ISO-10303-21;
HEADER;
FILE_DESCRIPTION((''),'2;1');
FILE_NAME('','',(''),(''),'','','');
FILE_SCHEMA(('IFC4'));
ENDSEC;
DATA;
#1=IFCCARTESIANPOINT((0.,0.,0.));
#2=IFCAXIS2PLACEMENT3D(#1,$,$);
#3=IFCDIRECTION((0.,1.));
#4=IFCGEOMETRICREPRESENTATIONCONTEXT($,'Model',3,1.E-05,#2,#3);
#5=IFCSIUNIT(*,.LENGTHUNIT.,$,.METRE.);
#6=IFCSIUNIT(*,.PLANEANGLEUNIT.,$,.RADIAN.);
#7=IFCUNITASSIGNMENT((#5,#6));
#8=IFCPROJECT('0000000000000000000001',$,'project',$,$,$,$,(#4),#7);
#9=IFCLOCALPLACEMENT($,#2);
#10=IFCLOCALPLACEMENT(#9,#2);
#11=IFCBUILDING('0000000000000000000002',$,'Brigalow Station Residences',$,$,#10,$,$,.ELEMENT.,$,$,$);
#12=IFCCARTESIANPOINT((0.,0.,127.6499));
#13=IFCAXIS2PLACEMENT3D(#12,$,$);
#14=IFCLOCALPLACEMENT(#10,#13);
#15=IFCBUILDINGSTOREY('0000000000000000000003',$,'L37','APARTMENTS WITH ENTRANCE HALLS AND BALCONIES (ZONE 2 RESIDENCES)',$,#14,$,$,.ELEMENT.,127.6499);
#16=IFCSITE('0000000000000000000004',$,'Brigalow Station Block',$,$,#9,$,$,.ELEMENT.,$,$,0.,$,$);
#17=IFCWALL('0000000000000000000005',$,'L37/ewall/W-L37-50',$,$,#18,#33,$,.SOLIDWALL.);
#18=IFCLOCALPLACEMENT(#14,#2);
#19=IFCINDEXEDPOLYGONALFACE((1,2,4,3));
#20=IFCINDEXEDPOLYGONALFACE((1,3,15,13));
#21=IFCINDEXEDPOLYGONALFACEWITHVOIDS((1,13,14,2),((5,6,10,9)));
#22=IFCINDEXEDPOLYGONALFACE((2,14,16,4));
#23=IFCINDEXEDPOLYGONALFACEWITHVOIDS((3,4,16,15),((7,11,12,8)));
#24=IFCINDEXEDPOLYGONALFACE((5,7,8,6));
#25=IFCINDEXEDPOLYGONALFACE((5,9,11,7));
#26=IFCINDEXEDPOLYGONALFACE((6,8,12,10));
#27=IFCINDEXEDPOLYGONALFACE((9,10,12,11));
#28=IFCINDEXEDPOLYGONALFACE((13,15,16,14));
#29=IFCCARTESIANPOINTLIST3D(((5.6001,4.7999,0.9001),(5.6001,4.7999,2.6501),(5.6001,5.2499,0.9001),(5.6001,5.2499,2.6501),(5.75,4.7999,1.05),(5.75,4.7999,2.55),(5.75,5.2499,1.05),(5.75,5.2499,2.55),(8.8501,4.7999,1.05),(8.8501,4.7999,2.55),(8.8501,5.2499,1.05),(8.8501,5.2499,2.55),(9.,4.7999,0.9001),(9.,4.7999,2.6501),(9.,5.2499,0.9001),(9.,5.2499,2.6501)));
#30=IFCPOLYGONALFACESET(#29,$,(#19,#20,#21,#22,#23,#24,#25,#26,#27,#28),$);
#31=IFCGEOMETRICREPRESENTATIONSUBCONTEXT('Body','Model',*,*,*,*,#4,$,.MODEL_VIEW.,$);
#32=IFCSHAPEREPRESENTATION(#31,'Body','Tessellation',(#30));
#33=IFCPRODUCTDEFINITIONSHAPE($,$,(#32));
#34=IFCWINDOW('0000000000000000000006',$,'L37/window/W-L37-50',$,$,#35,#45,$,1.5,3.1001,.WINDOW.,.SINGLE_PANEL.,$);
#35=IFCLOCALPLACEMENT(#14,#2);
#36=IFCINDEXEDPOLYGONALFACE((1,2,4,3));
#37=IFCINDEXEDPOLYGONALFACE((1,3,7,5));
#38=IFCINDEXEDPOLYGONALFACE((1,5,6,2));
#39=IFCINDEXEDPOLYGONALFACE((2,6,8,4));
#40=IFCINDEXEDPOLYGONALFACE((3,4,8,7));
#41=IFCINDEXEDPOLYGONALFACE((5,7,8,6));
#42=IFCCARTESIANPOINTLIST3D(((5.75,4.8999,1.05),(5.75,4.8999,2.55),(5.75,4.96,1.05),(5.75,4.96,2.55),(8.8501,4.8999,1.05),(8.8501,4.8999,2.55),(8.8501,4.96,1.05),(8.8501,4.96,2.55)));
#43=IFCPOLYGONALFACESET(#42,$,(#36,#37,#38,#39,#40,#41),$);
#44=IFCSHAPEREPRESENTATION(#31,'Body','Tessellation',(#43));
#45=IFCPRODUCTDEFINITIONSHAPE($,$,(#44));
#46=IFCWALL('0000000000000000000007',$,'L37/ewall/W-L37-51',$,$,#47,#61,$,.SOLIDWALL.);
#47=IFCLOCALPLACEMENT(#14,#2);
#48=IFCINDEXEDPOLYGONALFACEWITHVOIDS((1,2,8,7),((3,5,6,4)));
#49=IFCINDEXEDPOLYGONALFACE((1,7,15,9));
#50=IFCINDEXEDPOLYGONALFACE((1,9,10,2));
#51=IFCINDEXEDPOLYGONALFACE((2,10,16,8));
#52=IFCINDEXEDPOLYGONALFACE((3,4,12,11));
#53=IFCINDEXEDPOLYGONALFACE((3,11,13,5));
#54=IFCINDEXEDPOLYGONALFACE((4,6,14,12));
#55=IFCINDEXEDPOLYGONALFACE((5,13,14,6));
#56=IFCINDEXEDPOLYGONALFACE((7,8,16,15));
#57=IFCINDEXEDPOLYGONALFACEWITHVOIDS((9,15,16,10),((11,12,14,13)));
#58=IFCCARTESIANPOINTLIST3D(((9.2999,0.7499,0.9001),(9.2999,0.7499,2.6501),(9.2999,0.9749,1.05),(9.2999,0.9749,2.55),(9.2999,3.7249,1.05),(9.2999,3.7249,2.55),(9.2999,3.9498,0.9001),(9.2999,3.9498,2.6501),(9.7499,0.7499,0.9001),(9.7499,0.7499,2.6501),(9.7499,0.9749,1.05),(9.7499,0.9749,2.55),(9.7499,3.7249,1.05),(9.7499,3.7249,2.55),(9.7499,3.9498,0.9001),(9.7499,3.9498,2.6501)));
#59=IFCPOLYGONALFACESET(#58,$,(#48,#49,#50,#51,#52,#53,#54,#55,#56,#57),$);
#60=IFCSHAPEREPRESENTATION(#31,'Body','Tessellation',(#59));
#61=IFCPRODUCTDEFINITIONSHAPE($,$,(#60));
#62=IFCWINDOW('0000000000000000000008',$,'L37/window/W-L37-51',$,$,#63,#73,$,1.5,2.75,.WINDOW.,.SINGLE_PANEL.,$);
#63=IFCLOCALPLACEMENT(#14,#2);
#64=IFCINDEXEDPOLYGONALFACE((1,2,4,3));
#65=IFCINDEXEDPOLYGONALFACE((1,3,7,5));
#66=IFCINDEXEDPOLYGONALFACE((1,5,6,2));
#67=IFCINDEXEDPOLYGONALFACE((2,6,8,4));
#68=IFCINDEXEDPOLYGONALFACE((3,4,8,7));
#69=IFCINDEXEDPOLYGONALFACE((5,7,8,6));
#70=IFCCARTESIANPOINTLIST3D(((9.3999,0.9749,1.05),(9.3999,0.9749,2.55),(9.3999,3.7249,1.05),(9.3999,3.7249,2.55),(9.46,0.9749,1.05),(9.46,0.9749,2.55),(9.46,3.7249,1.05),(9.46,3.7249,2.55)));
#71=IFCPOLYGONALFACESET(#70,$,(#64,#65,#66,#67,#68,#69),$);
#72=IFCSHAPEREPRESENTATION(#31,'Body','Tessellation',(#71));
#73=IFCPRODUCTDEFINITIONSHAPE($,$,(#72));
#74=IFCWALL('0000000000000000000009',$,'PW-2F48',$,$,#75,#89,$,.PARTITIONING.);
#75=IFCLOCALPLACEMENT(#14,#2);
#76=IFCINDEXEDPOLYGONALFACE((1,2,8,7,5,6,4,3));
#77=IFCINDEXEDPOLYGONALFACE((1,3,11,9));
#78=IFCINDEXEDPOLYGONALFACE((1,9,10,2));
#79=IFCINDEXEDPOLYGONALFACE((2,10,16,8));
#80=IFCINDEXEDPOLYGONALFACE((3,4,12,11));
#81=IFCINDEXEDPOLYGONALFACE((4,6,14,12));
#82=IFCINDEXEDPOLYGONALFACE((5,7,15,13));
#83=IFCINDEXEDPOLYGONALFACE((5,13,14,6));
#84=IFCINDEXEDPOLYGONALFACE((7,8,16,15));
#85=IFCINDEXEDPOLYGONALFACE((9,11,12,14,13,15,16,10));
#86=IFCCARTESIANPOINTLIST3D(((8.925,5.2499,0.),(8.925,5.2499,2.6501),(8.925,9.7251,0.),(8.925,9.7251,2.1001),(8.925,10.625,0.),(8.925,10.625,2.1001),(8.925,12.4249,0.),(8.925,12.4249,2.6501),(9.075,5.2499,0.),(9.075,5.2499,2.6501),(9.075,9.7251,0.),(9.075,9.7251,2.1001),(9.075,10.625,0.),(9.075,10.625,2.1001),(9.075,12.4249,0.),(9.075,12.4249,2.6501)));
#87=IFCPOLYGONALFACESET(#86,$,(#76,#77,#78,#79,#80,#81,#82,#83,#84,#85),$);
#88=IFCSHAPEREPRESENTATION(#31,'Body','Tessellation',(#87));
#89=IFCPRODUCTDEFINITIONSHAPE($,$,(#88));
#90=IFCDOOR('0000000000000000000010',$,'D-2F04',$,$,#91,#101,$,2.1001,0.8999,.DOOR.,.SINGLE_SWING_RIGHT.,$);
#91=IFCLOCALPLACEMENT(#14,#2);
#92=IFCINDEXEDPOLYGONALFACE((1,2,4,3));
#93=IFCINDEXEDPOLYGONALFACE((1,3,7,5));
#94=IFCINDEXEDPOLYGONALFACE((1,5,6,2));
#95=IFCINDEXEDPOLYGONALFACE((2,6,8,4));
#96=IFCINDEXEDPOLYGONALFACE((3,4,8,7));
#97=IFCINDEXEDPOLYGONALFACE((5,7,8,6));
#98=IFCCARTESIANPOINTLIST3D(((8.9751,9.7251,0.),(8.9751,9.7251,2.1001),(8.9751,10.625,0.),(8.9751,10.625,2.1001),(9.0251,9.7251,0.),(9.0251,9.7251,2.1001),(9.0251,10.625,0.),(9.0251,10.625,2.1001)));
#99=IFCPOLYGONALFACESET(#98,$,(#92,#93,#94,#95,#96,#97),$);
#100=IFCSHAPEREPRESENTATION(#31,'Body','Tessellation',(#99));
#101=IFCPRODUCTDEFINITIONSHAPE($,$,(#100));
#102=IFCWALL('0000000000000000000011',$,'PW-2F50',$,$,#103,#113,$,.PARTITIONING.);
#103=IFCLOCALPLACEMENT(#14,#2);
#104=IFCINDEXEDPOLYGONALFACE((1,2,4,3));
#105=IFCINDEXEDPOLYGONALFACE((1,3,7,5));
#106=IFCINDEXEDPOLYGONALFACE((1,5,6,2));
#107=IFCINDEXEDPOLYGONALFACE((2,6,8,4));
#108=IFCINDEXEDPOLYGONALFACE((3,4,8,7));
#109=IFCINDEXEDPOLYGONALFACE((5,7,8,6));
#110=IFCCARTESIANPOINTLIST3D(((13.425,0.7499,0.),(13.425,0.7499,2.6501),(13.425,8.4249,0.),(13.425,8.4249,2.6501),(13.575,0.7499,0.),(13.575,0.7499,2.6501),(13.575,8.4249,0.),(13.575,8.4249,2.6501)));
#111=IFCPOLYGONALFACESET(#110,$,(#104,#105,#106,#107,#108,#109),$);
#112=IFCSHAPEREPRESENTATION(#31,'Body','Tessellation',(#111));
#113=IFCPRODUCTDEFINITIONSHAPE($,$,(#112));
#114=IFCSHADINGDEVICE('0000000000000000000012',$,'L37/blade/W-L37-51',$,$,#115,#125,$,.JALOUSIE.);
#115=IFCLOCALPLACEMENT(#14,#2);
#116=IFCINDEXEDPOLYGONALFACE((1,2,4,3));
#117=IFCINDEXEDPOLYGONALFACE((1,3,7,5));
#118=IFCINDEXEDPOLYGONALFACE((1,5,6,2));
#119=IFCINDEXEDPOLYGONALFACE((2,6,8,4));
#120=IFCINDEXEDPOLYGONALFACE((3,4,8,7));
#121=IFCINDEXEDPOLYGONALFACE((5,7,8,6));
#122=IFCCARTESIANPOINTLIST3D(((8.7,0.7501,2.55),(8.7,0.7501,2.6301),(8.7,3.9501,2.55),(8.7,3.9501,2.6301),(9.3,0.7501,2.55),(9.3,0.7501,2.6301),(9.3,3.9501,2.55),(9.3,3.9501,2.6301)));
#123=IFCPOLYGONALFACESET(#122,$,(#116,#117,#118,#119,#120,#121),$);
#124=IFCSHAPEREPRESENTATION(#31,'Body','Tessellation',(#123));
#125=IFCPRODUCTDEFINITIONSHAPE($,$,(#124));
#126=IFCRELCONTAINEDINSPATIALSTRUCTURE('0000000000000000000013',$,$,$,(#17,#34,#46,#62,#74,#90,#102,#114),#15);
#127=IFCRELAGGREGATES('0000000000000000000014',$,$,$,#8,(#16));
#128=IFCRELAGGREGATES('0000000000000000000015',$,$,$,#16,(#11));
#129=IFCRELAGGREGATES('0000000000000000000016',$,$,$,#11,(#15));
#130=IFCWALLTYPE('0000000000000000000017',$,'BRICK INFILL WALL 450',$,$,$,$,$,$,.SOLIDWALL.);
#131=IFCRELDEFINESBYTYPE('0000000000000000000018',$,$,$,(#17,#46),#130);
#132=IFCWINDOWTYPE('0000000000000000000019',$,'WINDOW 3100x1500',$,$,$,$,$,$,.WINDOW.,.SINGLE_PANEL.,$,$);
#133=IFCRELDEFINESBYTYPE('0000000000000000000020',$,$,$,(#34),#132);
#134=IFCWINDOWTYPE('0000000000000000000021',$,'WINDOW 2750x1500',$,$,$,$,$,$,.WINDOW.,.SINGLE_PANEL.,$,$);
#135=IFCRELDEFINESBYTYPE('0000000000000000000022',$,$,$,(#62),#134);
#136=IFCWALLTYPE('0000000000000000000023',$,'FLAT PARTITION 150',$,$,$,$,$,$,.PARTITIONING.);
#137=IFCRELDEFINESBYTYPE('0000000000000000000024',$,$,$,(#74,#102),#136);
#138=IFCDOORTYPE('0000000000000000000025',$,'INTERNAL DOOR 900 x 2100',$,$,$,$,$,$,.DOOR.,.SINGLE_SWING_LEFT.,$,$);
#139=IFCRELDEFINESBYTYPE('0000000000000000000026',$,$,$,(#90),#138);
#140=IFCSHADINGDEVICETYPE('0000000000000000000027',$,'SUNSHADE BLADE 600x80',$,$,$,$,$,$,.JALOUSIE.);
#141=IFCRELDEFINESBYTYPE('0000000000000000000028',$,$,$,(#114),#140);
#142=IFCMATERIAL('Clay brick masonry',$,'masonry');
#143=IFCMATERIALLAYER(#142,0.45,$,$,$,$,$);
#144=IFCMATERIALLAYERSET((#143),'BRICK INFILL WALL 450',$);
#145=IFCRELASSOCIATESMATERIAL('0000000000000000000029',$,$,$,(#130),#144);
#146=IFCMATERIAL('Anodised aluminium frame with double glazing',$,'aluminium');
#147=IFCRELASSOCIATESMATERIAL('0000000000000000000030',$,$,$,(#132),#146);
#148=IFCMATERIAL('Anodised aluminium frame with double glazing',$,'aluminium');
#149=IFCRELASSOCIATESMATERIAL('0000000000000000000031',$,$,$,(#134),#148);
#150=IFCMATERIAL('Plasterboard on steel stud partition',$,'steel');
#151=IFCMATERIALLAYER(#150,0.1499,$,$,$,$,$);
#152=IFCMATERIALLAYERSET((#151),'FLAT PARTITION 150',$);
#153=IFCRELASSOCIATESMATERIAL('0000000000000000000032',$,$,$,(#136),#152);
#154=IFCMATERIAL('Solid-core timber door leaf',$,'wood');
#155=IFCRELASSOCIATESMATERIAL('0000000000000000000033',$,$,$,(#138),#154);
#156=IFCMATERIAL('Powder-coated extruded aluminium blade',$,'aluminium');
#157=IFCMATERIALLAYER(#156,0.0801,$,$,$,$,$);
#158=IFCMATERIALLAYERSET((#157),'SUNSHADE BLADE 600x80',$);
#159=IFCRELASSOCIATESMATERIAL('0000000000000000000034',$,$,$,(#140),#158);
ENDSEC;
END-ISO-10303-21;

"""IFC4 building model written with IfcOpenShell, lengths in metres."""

from ifc_helpers import new_model, si_unit, direction, frame, frame_2d, origin, origin_2d, place, context, subcontext, project, spatial, rectangle, extrude, material, layer, layer_set, type_object, element, fill, save


model = new_model("IFC4")

# Units and contexts
model_context = context("Model", 3, precision=1e-05, world=origin(), true_north=direction((0.0, 1.0)))
body_context = subcontext(model_context, "Body", "Model", "MODEL_VIEW")
ifc_project = project(units=[si_unit("LENGTHUNIT", "METRE"), si_unit("PLANEANGLEUNIT", "RADIAN")], contexts=[model_context])

# Site, building, storey
site_placement = place(None, origin())
site = spatial("IfcSite", under=ifc_project, at=site_placement, Name="Brigalow Station Block", CompositionType="ELEMENT", RefElevation=0.0)
building_placement = place(site_placement, origin())
building = spatial("IfcBuilding", under=site, at=building_placement, Name="Brigalow Station Residences", CompositionType="ELEMENT")
storey_placement = place(building_placement, frame((0.0, 0.0, 127.6499)))
storey = spatial("IfcBuildingStorey", under=building, at=storey_placement, Name="L37", Description="APARTMENTS WITH ENTRANCE HALLS AND BALCONIES (ZONE 2 RESIDENCES)", CompositionType="ELEMENT", Elevation=127.6499)

# Walls, openings, windows
ifc_material_1 = material(Name="Clay brick masonry", Category="masonry")
ifc_layer_1 = layer(ifc_material_1, 0.45)
ifc_layer_set_1 = layer_set([ifc_layer_1], Name="BRICK INFILL WALL 450")
wall_type_1 = type_object("IfcWallType", Name="BRICK INFILL WALL 450", PredefinedType="SOLIDWALL", material=ifc_layer_set_1)
wall_1_placement = place(storey_placement, frame((5.6001, 5.0249, 0.9001), z_axis=(0.0, 0.0, 1.0), x_axis=(1.0, 0.0, 0.0)))
wall_1 = element("IfcWall", 1, at=wall_1_placement, inside=storey, type_object=wall_type_1, Name="L37/ewall/W-L37-50", PredefinedType="SOLIDWALL", context=body_context, shape_type="SweptSolid", body=[
    extrude(rectangle(XDim=3.3999, YDim=0.45, at=frame_2d((1.7, 0.0))), origin(), (0.0, 0.0, 1.0), 1.75),
])
opening_1_placement = place(wall_1_placement, frame((0.1499, 0.0, 0.1499)))
opening_1 = element("IfcOpeningElement", 2, at=opening_1_placement, cuts=wall_1, PredefinedType="OPENING", context=body_context, shape_type="SweptSolid", body=[
    extrude(rectangle(XDim=3.1001, YDim=1.5, at=frame_2d((1.55, 0.75))), frame((0.0, 0.2349, 0.0), z_axis=(0.0, -1.0, 0.0), x_axis=(1.0, 0.0, 0.0)), (0.0, 0.0, 1.0), 0.47),
])
ifc_material_2 = material(Name="Anodised aluminium frame with double glazing", Category="aluminium")
window_type_1 = type_object("IfcWindowType", Name="WINDOW 3100x1500", PartitioningType="SINGLE_PANEL", PredefinedType="WINDOW", material=ifc_material_2)
window_1_placement = place(opening_1_placement, origin())
window_1 = element("IfcWindow", 3, at=window_1_placement, inside=storey, type_object=window_type_1, Name="L37/window/W-L37-50", OverallHeight=1.5, OverallWidth=3.1001, PartitioningType="SINGLE_PANEL", PredefinedType="WINDOW", context=body_context, shape_type="SweptSolid", body=[
    extrude(rectangle(XDim=3.1001, YDim=1.5, at=frame_2d((1.55, 0.75))), frame((0.0, -0.0649, 0.0), z_axis=(0.0, -1.0, 0.0), x_axis=(1.0, 0.0, 0.0)), (0.0, 0.0, 1.0), 0.0601),
])
fill(opening_1, window_1)
wall_2_placement = place(storey_placement, frame((9.5249, 3.95, 0.9001), z_axis=(0.0, 0.0, 1.0), x_axis=(0.0, -1.0, 0.0)))
wall_2 = element("IfcWall", 4, at=wall_2_placement, inside=storey, type_object=wall_type_1, Name="L37/ewall/W-L37-51", PredefinedType="SOLIDWALL", context=body_context, shape_type="SweptSolid", body=[
    extrude(rectangle(XDim=3.2, YDim=0.45, at=frame_2d((1.6001, 0.0))), origin(), (0.0, 0.0, 1.0), 1.75),
])
opening_2_placement = place(wall_2_placement, frame((0.2251, 0.0, 0.1499)))
opening_2 = element("IfcOpeningElement", 5, at=opening_2_placement, cuts=wall_2, PredefinedType="OPENING", context=body_context, shape_type="SweptSolid", body=[
    extrude(rectangle(XDim=2.75, YDim=1.5, at=frame_2d((1.375, 0.75))), frame((0.0, 0.2349, 0.0), z_axis=(0.0, -1.0, 0.0), x_axis=(1.0, 0.0, 0.0)), (0.0, 0.0, 1.0), 0.47),
])
ifc_material_3 = material(Name="Anodised aluminium frame with double glazing", Category="aluminium")
window_type_2 = type_object("IfcWindowType", Name="WINDOW 2750x1500", PartitioningType="SINGLE_PANEL", PredefinedType="WINDOW", material=ifc_material_3)
window_2_placement = place(opening_2_placement, origin())
window_2 = element("IfcWindow", 6, at=window_2_placement, inside=storey, type_object=window_type_2, Name="L37/window/W-L37-51", OverallHeight=1.5, OverallWidth=2.75, PartitioningType="SINGLE_PANEL", PredefinedType="WINDOW", context=body_context, shape_type="SweptSolid", body=[
    extrude(rectangle(XDim=2.75, YDim=1.5, at=frame_2d((1.375, 0.75))), frame((0.0, -0.0649, 0.0), z_axis=(0.0, -1.0, 0.0), x_axis=(1.0, 0.0, 0.0)), (0.0, 0.0, 1.0), 0.0601),
])
fill(opening_2, window_2)

# Wall, opening, door
ifc_material_4 = material(Name="Plasterboard on steel stud partition", Category="steel")
ifc_layer_2 = layer(ifc_material_4, 0.1499)
ifc_layer_set_2 = layer_set([ifc_layer_2], Name="FLAT PARTITION 150")
wall_type_2 = type_object("IfcWallType", Name="FLAT PARTITION 150", PredefinedType="PARTITIONING", material=ifc_layer_set_2)
wall_3_placement = place(storey_placement, frame((9.0, 5.25, 0.0), z_axis=(0.0, 0.0, 1.0), x_axis=(0.0, 1.0, 0.0)))
wall_3 = element("IfcWall", 7, at=wall_3_placement, inside=storey, type_object=wall_type_2, Name="PW-2F48", PredefinedType="PARTITIONING", context=body_context, shape_type="SweptSolid", body=[
    extrude(rectangle(XDim=7.175, YDim=0.1499, at=frame_2d((3.5874, 0.0))), origin(), (0.0, 0.0, 1.0), 2.6501),
])
opening_3_placement = place(wall_3_placement, frame((4.4751, 0.0, 0.0)))
opening_3 = element("IfcOpeningElement", 8, at=opening_3_placement, cuts=wall_3, PredefinedType="OPENING", context=body_context, shape_type="SweptSolid", body=[
    extrude(rectangle(XDim=0.8999, YDim=2.1001, at=frame_2d((0.45, 1.05))), frame((0.0, 0.085, 0.0), z_axis=(0.0, -1.0, 0.0), x_axis=(1.0, 0.0, 0.0)), (0.0, 0.0, 1.0), 0.1699),
])
ifc_material_5 = material(Name="Solid-core timber door leaf", Category="wood")
door_type = type_object("IfcDoorType", Name="INTERNAL DOOR 900 x 2100", OperationType="SINGLE_SWING_LEFT", PredefinedType="DOOR", material=ifc_material_5)
door_placement = place(opening_3_placement, origin())
door = element("IfcDoor", 9, at=door_placement, inside=storey, type_object=door_type, Name="D-2F04", OperationType="SINGLE_SWING_RIGHT", OverallHeight=2.1001, OverallWidth=0.8999, PredefinedType="DOOR", context=body_context, shape_type="SweptSolid", body=[
    extrude(rectangle(XDim=0.8999, YDim=2.1001, at=frame_2d((0.45, 1.05))), frame((0.0, 0.0249, 0.0), z_axis=(0.0, -1.0, 0.0), x_axis=(1.0, 0.0, 0.0)), (0.0, 0.0, 1.0), 0.05),
])
fill(opening_3, door)

# Wall
wall_4_placement = place(storey_placement, frame((13.5, 0.75, 0.0), z_axis=(0.0, 0.0, 1.0), x_axis=(0.0, 1.0, 0.0)))
element("IfcWall", 10, at=wall_4_placement, inside=storey, type_object=wall_type_2, Name="PW-2F50", PredefinedType="PARTITIONING", context=body_context, shape_type="SweptSolid", body=[
    extrude(rectangle(XDim=7.675, YDim=0.1499, at=frame_2d((3.8374, 0.0))), origin(), (0.0, 0.0, 1.0), 2.6501),
])

# Shading device
ifc_material_6 = material(Name="Powder-coated extruded aluminium blade", Category="aluminium")
ifc_layer_3 = layer(ifc_material_6, 0.0801)
ifc_layer_set_3 = layer_set([ifc_layer_3], Name="SUNSHADE BLADE 600x80")
shading_device_type = type_object("IfcShadingDeviceType", Name="SUNSHADE BLADE 600x80", PredefinedType="JALOUSIE", material=ifc_layer_set_3)
shading_device_placement = place(storey_placement, frame((9.0, 2.3501, 2.55), z_axis=(0.0, 0.0, 1.0), x_axis=(0.0, -1.0, 0.0)))
element("IfcShadingDevice", 11, at=shading_device_placement, inside=storey, type_object=shading_device_type, Name="L37/blade/W-L37-51", PredefinedType="JALOUSIE", context=body_context, shape_type="SweptSolid", body=[
    extrude(rectangle(XDim=3.2, YDim=0.6001, at=origin_2d()), origin(), (0.0, 0.0, 1.0), 0.0801),
])

save(model, "model.ifc")
